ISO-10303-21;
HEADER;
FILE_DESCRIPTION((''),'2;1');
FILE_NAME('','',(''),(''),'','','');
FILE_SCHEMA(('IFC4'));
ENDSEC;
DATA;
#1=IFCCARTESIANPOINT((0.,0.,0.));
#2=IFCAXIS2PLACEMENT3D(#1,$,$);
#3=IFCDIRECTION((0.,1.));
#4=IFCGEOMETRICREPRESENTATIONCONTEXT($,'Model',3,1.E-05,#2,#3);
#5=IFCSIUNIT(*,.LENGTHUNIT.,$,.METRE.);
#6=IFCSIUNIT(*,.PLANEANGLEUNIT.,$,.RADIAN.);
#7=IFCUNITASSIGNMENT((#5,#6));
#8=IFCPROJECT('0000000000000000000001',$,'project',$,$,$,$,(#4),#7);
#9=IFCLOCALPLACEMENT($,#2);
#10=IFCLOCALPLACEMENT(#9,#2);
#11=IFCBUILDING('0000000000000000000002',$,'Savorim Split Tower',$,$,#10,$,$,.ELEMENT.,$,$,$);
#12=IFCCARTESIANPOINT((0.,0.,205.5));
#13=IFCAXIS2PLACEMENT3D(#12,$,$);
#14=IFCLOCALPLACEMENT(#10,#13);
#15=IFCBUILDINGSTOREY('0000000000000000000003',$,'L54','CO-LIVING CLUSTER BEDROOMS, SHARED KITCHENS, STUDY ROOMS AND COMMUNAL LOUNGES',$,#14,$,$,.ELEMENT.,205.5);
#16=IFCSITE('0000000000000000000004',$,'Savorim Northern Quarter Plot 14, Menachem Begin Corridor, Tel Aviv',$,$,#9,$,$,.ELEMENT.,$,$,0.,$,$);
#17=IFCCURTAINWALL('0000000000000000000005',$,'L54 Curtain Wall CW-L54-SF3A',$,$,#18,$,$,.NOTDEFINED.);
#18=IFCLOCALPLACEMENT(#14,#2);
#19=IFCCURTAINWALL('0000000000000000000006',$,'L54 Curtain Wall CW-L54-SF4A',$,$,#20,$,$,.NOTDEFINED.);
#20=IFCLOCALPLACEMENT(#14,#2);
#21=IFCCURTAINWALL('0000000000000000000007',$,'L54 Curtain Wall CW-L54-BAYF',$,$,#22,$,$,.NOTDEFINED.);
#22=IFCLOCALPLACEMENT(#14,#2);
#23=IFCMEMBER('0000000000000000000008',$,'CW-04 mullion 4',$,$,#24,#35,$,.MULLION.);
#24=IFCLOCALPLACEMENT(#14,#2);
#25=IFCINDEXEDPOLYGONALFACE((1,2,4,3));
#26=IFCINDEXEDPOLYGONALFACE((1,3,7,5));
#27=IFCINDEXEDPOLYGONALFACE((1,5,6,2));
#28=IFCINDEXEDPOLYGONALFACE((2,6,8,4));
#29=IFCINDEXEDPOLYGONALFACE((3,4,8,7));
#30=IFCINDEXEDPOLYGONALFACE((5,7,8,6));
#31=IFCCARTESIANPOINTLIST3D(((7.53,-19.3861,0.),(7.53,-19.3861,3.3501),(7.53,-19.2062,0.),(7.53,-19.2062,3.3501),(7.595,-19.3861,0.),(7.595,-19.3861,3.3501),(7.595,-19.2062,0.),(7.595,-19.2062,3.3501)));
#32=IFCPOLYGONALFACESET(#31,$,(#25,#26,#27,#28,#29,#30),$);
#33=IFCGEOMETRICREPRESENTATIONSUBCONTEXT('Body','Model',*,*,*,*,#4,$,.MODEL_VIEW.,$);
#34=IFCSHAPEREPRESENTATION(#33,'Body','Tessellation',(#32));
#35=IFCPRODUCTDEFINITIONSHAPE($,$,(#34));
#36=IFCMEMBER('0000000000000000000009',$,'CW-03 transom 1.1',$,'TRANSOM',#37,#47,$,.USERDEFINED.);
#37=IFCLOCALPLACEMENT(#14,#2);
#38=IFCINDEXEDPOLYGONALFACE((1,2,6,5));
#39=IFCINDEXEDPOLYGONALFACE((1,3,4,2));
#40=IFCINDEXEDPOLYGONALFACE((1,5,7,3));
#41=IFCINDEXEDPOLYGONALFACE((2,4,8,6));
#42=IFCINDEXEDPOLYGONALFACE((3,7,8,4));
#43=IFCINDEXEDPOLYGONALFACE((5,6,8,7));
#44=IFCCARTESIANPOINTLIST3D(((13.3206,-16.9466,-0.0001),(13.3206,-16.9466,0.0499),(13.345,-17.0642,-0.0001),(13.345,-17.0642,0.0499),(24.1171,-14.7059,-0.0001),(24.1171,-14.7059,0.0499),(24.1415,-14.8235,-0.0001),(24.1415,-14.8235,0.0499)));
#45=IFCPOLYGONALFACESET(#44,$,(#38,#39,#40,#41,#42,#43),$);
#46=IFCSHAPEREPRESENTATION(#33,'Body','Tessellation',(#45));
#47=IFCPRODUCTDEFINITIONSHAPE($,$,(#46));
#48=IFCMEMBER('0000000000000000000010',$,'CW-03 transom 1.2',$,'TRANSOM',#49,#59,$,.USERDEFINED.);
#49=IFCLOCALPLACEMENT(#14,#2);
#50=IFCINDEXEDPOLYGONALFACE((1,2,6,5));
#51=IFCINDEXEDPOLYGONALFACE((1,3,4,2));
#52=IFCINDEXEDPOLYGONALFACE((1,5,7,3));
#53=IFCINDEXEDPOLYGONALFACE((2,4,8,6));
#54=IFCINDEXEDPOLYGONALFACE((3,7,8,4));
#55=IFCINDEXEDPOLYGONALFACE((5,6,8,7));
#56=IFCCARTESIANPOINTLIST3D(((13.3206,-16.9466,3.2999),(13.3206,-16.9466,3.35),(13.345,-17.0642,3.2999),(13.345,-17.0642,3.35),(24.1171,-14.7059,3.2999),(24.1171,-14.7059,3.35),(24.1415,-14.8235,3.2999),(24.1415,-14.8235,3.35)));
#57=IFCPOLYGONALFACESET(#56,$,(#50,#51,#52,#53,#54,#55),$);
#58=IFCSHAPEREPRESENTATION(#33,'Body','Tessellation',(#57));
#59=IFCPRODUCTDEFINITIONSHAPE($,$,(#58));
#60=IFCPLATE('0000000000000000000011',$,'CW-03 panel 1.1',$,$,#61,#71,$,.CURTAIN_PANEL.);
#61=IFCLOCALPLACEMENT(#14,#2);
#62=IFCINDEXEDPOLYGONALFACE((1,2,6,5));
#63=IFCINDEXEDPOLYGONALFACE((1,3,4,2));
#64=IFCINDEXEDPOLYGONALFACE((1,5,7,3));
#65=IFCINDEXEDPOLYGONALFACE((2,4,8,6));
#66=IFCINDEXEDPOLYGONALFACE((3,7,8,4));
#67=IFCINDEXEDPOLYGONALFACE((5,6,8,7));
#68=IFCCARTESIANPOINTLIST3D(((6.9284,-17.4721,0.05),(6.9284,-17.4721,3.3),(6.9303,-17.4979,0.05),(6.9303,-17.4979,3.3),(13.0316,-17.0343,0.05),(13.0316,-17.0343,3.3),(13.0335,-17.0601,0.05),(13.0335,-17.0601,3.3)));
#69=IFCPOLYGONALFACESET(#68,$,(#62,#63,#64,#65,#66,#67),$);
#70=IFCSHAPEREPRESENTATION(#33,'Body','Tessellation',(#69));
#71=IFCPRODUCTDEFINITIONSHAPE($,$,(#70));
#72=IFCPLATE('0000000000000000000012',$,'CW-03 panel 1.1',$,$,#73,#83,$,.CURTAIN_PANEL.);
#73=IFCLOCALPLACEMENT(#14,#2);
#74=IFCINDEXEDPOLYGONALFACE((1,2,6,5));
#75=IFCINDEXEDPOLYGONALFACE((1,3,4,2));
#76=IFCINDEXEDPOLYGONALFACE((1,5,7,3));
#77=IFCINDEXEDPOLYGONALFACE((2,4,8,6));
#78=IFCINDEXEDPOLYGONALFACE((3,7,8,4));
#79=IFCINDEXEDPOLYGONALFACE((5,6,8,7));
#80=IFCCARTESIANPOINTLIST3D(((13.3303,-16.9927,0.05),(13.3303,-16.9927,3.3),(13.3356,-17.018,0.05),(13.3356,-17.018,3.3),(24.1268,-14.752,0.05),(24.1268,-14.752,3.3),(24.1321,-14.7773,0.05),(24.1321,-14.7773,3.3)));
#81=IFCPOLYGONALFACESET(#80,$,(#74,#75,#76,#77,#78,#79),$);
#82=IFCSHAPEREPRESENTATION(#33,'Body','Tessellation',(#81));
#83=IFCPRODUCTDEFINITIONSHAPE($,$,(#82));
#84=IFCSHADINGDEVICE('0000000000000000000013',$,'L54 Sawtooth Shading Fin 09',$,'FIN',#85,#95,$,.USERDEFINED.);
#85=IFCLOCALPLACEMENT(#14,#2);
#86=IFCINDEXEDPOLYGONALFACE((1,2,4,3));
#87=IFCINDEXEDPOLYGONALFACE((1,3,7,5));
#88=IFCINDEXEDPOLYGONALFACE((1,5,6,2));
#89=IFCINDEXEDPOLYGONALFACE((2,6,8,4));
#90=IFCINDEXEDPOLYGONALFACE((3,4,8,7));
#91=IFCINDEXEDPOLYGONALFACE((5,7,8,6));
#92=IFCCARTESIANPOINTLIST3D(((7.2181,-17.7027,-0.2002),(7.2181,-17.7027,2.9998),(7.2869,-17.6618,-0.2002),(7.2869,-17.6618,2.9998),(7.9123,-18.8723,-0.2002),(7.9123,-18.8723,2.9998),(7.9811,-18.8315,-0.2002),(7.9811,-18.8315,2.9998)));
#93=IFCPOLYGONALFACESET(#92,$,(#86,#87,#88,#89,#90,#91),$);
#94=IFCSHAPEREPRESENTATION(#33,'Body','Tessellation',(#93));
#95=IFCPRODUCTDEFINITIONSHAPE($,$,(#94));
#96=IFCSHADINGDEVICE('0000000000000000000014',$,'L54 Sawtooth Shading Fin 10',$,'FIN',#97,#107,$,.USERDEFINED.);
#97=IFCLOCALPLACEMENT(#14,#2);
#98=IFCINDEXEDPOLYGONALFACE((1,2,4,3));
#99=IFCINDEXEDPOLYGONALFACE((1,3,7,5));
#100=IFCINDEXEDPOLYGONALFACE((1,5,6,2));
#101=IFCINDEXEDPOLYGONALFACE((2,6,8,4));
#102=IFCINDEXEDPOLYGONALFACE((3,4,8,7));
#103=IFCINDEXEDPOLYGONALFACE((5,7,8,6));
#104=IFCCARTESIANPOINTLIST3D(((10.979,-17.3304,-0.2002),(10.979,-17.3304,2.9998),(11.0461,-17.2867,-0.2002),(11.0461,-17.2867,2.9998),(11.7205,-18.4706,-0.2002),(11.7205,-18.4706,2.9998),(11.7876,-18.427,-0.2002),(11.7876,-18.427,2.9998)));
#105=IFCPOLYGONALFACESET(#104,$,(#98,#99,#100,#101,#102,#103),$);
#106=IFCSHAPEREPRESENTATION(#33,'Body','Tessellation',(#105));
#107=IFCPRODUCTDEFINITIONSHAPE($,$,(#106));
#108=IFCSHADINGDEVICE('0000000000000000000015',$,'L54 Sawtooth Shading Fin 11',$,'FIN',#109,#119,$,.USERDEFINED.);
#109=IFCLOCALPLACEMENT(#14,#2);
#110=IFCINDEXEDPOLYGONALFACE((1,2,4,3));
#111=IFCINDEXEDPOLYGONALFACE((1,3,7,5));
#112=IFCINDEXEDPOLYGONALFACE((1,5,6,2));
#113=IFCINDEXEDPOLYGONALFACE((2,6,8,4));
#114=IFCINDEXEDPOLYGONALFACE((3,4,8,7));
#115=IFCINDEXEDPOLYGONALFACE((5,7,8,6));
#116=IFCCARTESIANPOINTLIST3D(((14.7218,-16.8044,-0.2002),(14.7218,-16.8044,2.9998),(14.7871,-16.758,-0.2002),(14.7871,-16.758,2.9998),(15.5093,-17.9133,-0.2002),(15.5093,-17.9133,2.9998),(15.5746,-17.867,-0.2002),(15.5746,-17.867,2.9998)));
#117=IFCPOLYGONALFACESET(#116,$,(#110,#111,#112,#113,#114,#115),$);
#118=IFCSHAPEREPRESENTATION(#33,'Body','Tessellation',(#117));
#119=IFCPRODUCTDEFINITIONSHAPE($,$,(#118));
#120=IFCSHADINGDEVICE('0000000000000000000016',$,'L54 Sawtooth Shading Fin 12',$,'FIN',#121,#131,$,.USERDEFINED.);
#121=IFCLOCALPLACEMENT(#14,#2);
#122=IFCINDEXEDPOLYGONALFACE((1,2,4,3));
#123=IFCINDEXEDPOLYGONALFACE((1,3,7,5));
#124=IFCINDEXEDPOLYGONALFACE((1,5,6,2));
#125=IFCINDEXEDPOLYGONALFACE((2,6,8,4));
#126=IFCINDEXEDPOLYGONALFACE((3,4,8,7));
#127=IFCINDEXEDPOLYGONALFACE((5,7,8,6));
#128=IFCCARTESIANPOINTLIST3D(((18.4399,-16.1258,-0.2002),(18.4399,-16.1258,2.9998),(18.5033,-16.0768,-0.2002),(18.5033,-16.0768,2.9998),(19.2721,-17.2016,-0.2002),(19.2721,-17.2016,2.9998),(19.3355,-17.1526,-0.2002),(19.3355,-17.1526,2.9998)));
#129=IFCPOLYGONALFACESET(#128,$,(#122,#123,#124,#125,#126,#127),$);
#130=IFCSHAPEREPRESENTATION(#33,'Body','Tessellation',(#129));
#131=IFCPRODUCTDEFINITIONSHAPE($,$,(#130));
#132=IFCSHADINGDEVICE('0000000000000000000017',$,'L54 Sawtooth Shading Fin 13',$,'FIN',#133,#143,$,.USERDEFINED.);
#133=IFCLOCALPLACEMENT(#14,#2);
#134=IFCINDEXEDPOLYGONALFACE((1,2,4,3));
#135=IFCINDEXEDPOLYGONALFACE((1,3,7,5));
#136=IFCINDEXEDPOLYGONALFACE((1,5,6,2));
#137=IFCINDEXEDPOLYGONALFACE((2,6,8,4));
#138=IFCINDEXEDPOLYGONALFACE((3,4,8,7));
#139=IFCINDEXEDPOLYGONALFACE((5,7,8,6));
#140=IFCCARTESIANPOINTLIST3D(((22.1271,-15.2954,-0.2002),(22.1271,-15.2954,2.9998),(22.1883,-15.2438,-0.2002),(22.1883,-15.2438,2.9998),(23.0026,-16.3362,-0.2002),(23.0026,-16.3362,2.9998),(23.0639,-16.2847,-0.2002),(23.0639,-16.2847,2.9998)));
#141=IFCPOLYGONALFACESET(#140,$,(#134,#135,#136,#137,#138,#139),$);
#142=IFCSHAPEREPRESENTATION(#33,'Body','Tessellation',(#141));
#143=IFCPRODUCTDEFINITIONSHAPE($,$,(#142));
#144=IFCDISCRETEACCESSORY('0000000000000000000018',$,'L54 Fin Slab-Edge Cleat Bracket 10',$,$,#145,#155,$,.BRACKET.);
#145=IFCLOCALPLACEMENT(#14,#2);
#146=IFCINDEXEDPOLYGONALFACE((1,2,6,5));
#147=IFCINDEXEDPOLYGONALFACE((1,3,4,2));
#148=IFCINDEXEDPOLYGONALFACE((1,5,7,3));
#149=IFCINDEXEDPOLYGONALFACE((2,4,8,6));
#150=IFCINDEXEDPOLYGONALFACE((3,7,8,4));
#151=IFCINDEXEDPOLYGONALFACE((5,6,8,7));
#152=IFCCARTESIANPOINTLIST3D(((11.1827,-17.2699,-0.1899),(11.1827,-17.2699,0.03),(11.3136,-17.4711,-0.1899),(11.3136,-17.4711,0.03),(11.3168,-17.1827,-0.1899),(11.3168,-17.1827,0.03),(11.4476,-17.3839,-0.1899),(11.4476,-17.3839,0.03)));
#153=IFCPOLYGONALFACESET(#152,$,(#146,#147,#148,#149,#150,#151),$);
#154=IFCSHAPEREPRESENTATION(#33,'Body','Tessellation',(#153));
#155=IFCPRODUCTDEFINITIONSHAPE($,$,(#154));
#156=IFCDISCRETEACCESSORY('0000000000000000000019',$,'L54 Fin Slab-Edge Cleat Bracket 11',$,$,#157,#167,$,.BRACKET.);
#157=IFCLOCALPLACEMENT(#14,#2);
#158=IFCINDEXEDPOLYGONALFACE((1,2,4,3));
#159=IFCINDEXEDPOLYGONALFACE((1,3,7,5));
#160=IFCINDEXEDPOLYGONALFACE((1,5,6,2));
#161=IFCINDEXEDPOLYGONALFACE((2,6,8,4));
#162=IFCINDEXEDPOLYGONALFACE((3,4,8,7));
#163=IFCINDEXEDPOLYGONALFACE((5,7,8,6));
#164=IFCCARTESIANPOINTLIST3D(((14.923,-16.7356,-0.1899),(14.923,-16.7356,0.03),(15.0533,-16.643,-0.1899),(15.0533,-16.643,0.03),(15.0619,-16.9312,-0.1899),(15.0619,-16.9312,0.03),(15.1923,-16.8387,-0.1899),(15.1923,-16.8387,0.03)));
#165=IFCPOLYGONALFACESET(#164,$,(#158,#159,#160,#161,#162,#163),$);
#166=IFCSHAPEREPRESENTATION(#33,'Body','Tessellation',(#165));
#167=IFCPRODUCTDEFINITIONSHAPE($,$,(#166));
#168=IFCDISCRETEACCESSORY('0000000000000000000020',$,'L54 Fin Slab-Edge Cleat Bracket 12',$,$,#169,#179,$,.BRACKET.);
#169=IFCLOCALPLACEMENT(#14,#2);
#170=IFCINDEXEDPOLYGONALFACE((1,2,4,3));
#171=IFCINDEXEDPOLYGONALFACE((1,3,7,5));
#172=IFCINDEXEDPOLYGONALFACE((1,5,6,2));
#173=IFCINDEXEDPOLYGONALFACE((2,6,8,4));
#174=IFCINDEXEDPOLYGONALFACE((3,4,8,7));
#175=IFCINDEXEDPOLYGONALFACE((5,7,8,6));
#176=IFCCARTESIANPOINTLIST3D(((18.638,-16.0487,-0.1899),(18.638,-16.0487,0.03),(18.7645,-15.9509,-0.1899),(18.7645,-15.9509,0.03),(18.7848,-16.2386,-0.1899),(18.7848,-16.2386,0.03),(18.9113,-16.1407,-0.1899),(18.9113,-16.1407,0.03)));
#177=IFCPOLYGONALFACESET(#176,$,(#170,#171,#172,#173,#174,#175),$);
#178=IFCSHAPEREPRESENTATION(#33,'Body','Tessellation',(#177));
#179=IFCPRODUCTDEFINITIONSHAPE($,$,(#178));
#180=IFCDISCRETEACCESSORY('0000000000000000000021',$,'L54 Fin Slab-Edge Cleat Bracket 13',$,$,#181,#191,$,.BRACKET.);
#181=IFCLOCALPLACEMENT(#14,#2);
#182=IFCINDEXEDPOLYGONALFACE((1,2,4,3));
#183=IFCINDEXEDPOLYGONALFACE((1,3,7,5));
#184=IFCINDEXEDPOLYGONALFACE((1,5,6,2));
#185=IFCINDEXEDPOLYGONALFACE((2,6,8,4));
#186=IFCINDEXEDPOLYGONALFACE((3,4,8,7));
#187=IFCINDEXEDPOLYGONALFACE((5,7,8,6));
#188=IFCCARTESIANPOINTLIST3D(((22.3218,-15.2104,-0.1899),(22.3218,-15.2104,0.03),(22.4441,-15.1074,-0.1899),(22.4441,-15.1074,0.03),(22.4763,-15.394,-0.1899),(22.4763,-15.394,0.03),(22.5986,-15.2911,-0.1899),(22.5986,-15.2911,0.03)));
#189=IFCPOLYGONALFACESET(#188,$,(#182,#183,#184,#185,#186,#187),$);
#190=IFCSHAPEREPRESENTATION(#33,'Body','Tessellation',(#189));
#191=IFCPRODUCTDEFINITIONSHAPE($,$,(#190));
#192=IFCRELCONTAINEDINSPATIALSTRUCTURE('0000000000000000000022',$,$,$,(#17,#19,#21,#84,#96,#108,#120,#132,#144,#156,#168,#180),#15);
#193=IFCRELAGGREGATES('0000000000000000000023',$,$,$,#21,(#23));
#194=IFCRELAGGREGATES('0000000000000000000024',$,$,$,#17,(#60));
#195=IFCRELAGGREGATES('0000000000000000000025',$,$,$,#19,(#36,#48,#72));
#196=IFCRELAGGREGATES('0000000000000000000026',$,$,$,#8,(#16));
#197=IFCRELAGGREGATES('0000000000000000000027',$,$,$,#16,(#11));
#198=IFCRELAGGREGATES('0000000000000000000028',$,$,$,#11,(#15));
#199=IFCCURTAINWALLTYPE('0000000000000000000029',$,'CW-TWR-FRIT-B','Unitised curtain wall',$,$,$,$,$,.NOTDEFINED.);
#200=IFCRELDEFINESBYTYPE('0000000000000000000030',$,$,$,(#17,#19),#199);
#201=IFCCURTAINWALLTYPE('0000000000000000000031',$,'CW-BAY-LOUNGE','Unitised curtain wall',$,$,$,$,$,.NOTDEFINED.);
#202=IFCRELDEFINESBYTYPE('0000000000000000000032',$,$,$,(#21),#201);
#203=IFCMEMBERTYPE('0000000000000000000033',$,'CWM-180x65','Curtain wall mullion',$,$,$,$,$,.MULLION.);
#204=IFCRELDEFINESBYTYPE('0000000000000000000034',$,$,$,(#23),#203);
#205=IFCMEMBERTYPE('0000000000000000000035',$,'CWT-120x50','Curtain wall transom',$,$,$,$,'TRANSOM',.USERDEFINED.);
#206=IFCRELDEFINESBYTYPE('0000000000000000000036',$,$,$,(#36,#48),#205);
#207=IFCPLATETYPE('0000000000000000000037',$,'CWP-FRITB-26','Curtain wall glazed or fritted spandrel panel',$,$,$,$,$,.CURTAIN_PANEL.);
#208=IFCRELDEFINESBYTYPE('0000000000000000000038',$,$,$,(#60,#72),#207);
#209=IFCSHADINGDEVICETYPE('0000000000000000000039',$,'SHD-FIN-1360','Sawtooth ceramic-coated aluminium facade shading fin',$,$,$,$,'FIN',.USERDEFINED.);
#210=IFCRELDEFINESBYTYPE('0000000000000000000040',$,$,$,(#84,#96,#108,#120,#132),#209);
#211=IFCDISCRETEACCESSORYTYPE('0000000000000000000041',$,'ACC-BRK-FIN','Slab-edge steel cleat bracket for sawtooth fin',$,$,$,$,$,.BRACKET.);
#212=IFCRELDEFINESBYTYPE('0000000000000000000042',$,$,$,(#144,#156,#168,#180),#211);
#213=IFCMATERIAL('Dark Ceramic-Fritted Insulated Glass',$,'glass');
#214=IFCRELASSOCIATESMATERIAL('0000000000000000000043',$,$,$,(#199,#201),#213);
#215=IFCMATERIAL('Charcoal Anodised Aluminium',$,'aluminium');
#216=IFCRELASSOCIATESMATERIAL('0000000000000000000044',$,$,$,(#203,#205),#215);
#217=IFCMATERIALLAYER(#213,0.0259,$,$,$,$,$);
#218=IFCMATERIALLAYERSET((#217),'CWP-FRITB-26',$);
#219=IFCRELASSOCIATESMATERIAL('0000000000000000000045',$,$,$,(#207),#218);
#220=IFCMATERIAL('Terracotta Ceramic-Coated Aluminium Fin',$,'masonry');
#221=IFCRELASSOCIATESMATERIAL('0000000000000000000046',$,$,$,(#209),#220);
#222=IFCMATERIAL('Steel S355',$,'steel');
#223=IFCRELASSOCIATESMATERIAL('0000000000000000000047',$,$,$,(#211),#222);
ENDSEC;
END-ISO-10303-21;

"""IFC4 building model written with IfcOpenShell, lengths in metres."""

from ifc_helpers import new_model, si_unit, direction, frame, origin, origin_2d, place, context, subcontext, project, spatial, rectangle, extrude, material, layer, layer_set, material_profile, profile_set, type_object, element, aggregate, save


model = new_model("IFC4")

# Units and contexts
model_context = context("Model", 3, precision=1e-05, world=origin(), true_north=direction((0.0, 1.0)))
body_context = subcontext(model_context, "Body", "Model", "MODEL_VIEW")
ifc_project = project(units=[si_unit("LENGTHUNIT", "METRE"), si_unit("PLANEANGLEUNIT", "RADIAN")], contexts=[model_context])

# Site, building, storey
site_placement = place(None, origin())
site = spatial("IfcSite", under=ifc_project, at=site_placement, Name="Savorim Northern Quarter Plot 14, Menachem Begin Corridor, Tel Aviv", CompositionType="ELEMENT", RefElevation=0.0)
building_placement = place(site_placement, origin())
building = spatial("IfcBuilding", under=site, at=building_placement, Name="Savorim Split Tower", CompositionType="ELEMENT")
storey_placement = place(building_placement, frame((0.0, 0.0, 205.5)))
storey = spatial("IfcBuildingStorey", under=building, at=storey_placement, Name="L54", Description="CO-LIVING CLUSTER BEDROOMS, SHARED KITCHENS, STUDY ROOMS AND COMMUNAL LOUNGES", CompositionType="ELEMENT", Elevation=205.5)

# Shared definitions
ifc_material_1 = material(Name="Steel S355", Category="steel")

# Curtain wall
ifc_material_2 = material(Name="Dark Ceramic-Fritted Insulated Glass", Category="glass")
curtain_wall_type_1 = type_object("IfcCurtainWallType", Name="CW-TWR-FRIT-B", Description="Unitised curtain wall", PredefinedType="NOTDEFINED", material=ifc_material_2)
curtain_wall_1_placement = place(storey_placement, origin())
curtain_wall_1 = element("IfcCurtainWall", 1, at=curtain_wall_1_placement, inside=storey, type_object=curtain_wall_type_1, Name="L54 Curtain Wall CW-L54-SF3A", PredefinedType="NOTDEFINED")
ifc_material_3 = material(Name="Charcoal Anodised Aluminium", Category="aluminium")

# Curtain wall
curtain_wall_2_placement = place(storey_placement, origin())
curtain_wall_2 = element("IfcCurtainWall", 2, at=curtain_wall_2_placement, inside=storey, type_object=curtain_wall_type_1, Name="L54 Curtain Wall CW-L54-SF4A", PredefinedType="NOTDEFINED")

# Curtain wall, member
curtain_wall_type_2 = type_object("IfcCurtainWallType", Name="CW-BAY-LOUNGE", Description="Unitised curtain wall", PredefinedType="NOTDEFINED", material=ifc_material_2)
curtain_wall_3_placement = place(storey_placement, origin())
curtain_wall_3 = element("IfcCurtainWall", 3, at=curtain_wall_3_placement, inside=storey, type_object=curtain_wall_type_2, Name="L54 Curtain Wall CW-L54-BAYF", PredefinedType="NOTDEFINED")
ifc_material_profile_1 = material_profile(ifc_material_3, rectangle(XDim=0.1799, YDim=0.0649, at=origin_2d()), Name="ALU-M 180x65")
ifc_profile_set_1 = profile_set([ifc_material_profile_1], Name="Charcoal Anodised Aluminium")
member_type_1 = type_object("IfcMemberType", Name="CWM-180x65", Description="Curtain wall mullion", PredefinedType="MULLION", material=ifc_profile_set_1)
member_1_placement = place(storey_placement, frame((7.5625, -19.2961, 0.0), z_axis=(0.0, 0.0, 1.0), x_axis=(0.0, 1.0, 0.0)))
member_1 = element("IfcMember", 4, at=member_1_placement, type_object=member_type_1, Name="CW-04 mullion 4", PredefinedType="MULLION", context=body_context, shape_type="SweptSolid", body=[
    extrude(rectangle(XDim=0.1799, YDim=0.0649, at=origin_2d()), origin(), (0.0, 0.0, 1.0), 3.3501),
])
aggregate(curtain_wall_3, [member_1])

# Members
ifc_material_profile_2 = material_profile(ifc_material_3, rectangle(XDim=0.1201, YDim=0.05, at=origin_2d()), Name="ALU-T 120x50")
ifc_profile_set_2 = profile_set([ifc_material_profile_2], Name="Charcoal Anodised Aluminium")
member_type_2 = type_object("IfcMemberType", Name="CWT-120x50", Description="Curtain wall transom", ElementType="TRANSOM", PredefinedType="USERDEFINED", material=ifc_profile_set_2)
member_2_placement = place(storey_placement, frame((13.3328, -17.0054, 0.0249), z_axis=(0.979135, 0.203209, 0.0), x_axis=(-0.203209, 0.979135, 0.0)))
member_2 = element("IfcMember", 5, at=member_2_placement, type_object=member_type_2, Name="CW-03 transom 1.1", ObjectType="TRANSOM", PredefinedType="USERDEFINED", context=body_context, shape_type="SweptSolid", body=[
    extrude(rectangle(XDim=0.1201, YDim=0.05, at=origin_2d()), origin(), (0.0, 0.0, 1.0), 11.0266),
])
member_3_placement = place(storey_placement, frame((13.3328, -17.0054, 3.325), z_axis=(0.979135, 0.203209, 0.0), x_axis=(-0.203209, 0.979135, 0.0)))
member_3 = element("IfcMember", 6, at=member_3_placement, type_object=member_type_2, Name="CW-03 transom 1.2", ObjectType="TRANSOM", PredefinedType="USERDEFINED", context=body_context, shape_type="SweptSolid", body=[
    extrude(rectangle(XDim=0.1201, YDim=0.05, at=origin_2d()), origin(), (0.0, 0.0, 1.0), 11.0266),
])

# Plates
ifc_layer = layer(ifc_material_2, 0.0259)
ifc_layer_set = layer_set([ifc_layer], Name="CWP-FRITB-26")
plate_type = type_object("IfcPlateType", Name="CWP-FRITB-26", Description="Curtain wall glazed or fritted spandrel panel", PredefinedType="CURTAIN_PANEL", material=ifc_layer_set)
plate_1_placement = place(storey_placement, frame((9.981, -17.2661, 0.05), z_axis=(0.0, 0.0, 1.0), x_axis=(0.997437, 0.071552, 0.0)))
plate_1 = element("IfcPlate", 7, at=plate_1_placement, type_object=plate_type, Name="CW-03 panel 1.1", PredefinedType="CURTAIN_PANEL", context=body_context, shape_type="SweptSolid", body=[
    extrude(rectangle(XDim=6.1189, YDim=0.0259, at=origin_2d()), origin(), (0.0, 0.0, 1.0), 3.25),
])
aggregate(curtain_wall_1, [plate_1])
plate_2_placement = place(storey_placement, frame((18.7312, -15.885, 0.05), z_axis=(0.0, 0.0, 1.0), x_axis=(0.979135, 0.20321, 0.0)))
plate_2 = element("IfcPlate", 8, at=plate_2_placement, type_object=plate_type, Name="CW-03 panel 1.1", PredefinedType="CURTAIN_PANEL", context=body_context, shape_type="SweptSolid", body=[
    extrude(rectangle(XDim=11.0266, YDim=0.0259, at=origin_2d()), origin(), (0.0, 0.0, 1.0), 3.25),
])
aggregate(curtain_wall_2, [member_2, member_3, plate_2])

# Shading devices
ifc_material_4 = material(Name="Terracotta Ceramic-Coated Aluminium Fin", Category="masonry")
shading_device_type = type_object("IfcShadingDeviceType", Name="SHD-FIN-1360", Description="Sawtooth ceramic-coated aluminium facade shading fin", ElementType="FIN", PredefinedType="USERDEFINED", material=ifc_material_4)
for number, where, z_axis, x_axis, name in (
    (9, (7.5996, -18.2671, -0.2002), (0.0, 0.0, 1.0), (0.510391, -0.859942, 0.0), "L54 Sawtooth Shading Fin 09"),
    (10, (11.3833, -17.8787, -0.2002), (0.0, 0.0, 1.0), (0.545148, -0.83834, 0.0), "L54 Sawtooth Shading Fin 10"),
    (11, (15.1482, -17.3357, -0.2002), (0.0, 0.0, 1.0), (0.578994, -0.815332, 0.0), "L54 Sawtooth Shading Fin 11"),
    (12, (18.8877, -16.6392, -0.2002), (0.0, 0.0, 1.0), (0.611868, -0.79096, 0.0), "L54 Sawtooth Shading Fin 12"),
    (13, (22.5955, -15.79, -0.2002), (0.0, 0.0, 1.0), (0.643719, -0.765262, 0.0), "L54 Sawtooth Shading Fin 13"),
):
    element("IfcShadingDevice", number, at=place(storey_placement, frame(where, z_axis=z_axis, x_axis=x_axis)), inside=storey, type_object=shading_device_type, Name=name, ObjectType="FIN", PredefinedType="USERDEFINED", context=body_context, shape_type="SweptSolid", body=[
        extrude(rectangle(XDim=1.3601, YDim=0.0801, at=origin_2d()), origin(), (0.0, 0.0, 1.0), 3.2),
    ])

# Discrete accessories
discrete_accessory_type = type_object("IfcDiscreteAccessoryType", Name="ACC-BRK-FIN", Description="Slab-edge steel cleat bracket for sawtooth fin", PredefinedType="BRACKET", material=ifc_material_1)
for number, where, z_axis, x_axis, name in (
    (14, (11.3152, -17.3269, -0.1899), (0.0, 0.0, 1.0), (0.545148, -0.83834, 0.0), "L54 Fin Slab-Edge Cleat Bracket 10"),
    (15, (15.0576, -16.7871, -0.1899), (0.0, 0.0, 1.0), (0.578994, -0.815332, 0.0), "L54 Fin Slab-Edge Cleat Bracket 11"),
    (16, (18.7747, -16.0947, -0.1899), (0.0, 0.0, 1.0), (0.611868, -0.79096, 0.0), "L54 Fin Slab-Edge Cleat Bracket 12"),
    (17, (22.4602, -15.2507, -0.1899), (0.0, 0.0, 1.0), (0.643719, -0.765262, 0.0), "L54 Fin Slab-Edge Cleat Bracket 13"),
):
    element("IfcDiscreteAccessory", number, at=place(storey_placement, frame(where, z_axis=z_axis, x_axis=x_axis)), inside=storey, type_object=discrete_accessory_type, Name=name, PredefinedType="BRACKET", context=body_context, shape_type="SweptSolid", body=[
        extrude(rectangle(XDim=0.24, YDim=0.1599, at=origin_2d()), origin(), (0.0, 0.0, 1.0), 0.22),
    ])

save(model, "model.ifc")
